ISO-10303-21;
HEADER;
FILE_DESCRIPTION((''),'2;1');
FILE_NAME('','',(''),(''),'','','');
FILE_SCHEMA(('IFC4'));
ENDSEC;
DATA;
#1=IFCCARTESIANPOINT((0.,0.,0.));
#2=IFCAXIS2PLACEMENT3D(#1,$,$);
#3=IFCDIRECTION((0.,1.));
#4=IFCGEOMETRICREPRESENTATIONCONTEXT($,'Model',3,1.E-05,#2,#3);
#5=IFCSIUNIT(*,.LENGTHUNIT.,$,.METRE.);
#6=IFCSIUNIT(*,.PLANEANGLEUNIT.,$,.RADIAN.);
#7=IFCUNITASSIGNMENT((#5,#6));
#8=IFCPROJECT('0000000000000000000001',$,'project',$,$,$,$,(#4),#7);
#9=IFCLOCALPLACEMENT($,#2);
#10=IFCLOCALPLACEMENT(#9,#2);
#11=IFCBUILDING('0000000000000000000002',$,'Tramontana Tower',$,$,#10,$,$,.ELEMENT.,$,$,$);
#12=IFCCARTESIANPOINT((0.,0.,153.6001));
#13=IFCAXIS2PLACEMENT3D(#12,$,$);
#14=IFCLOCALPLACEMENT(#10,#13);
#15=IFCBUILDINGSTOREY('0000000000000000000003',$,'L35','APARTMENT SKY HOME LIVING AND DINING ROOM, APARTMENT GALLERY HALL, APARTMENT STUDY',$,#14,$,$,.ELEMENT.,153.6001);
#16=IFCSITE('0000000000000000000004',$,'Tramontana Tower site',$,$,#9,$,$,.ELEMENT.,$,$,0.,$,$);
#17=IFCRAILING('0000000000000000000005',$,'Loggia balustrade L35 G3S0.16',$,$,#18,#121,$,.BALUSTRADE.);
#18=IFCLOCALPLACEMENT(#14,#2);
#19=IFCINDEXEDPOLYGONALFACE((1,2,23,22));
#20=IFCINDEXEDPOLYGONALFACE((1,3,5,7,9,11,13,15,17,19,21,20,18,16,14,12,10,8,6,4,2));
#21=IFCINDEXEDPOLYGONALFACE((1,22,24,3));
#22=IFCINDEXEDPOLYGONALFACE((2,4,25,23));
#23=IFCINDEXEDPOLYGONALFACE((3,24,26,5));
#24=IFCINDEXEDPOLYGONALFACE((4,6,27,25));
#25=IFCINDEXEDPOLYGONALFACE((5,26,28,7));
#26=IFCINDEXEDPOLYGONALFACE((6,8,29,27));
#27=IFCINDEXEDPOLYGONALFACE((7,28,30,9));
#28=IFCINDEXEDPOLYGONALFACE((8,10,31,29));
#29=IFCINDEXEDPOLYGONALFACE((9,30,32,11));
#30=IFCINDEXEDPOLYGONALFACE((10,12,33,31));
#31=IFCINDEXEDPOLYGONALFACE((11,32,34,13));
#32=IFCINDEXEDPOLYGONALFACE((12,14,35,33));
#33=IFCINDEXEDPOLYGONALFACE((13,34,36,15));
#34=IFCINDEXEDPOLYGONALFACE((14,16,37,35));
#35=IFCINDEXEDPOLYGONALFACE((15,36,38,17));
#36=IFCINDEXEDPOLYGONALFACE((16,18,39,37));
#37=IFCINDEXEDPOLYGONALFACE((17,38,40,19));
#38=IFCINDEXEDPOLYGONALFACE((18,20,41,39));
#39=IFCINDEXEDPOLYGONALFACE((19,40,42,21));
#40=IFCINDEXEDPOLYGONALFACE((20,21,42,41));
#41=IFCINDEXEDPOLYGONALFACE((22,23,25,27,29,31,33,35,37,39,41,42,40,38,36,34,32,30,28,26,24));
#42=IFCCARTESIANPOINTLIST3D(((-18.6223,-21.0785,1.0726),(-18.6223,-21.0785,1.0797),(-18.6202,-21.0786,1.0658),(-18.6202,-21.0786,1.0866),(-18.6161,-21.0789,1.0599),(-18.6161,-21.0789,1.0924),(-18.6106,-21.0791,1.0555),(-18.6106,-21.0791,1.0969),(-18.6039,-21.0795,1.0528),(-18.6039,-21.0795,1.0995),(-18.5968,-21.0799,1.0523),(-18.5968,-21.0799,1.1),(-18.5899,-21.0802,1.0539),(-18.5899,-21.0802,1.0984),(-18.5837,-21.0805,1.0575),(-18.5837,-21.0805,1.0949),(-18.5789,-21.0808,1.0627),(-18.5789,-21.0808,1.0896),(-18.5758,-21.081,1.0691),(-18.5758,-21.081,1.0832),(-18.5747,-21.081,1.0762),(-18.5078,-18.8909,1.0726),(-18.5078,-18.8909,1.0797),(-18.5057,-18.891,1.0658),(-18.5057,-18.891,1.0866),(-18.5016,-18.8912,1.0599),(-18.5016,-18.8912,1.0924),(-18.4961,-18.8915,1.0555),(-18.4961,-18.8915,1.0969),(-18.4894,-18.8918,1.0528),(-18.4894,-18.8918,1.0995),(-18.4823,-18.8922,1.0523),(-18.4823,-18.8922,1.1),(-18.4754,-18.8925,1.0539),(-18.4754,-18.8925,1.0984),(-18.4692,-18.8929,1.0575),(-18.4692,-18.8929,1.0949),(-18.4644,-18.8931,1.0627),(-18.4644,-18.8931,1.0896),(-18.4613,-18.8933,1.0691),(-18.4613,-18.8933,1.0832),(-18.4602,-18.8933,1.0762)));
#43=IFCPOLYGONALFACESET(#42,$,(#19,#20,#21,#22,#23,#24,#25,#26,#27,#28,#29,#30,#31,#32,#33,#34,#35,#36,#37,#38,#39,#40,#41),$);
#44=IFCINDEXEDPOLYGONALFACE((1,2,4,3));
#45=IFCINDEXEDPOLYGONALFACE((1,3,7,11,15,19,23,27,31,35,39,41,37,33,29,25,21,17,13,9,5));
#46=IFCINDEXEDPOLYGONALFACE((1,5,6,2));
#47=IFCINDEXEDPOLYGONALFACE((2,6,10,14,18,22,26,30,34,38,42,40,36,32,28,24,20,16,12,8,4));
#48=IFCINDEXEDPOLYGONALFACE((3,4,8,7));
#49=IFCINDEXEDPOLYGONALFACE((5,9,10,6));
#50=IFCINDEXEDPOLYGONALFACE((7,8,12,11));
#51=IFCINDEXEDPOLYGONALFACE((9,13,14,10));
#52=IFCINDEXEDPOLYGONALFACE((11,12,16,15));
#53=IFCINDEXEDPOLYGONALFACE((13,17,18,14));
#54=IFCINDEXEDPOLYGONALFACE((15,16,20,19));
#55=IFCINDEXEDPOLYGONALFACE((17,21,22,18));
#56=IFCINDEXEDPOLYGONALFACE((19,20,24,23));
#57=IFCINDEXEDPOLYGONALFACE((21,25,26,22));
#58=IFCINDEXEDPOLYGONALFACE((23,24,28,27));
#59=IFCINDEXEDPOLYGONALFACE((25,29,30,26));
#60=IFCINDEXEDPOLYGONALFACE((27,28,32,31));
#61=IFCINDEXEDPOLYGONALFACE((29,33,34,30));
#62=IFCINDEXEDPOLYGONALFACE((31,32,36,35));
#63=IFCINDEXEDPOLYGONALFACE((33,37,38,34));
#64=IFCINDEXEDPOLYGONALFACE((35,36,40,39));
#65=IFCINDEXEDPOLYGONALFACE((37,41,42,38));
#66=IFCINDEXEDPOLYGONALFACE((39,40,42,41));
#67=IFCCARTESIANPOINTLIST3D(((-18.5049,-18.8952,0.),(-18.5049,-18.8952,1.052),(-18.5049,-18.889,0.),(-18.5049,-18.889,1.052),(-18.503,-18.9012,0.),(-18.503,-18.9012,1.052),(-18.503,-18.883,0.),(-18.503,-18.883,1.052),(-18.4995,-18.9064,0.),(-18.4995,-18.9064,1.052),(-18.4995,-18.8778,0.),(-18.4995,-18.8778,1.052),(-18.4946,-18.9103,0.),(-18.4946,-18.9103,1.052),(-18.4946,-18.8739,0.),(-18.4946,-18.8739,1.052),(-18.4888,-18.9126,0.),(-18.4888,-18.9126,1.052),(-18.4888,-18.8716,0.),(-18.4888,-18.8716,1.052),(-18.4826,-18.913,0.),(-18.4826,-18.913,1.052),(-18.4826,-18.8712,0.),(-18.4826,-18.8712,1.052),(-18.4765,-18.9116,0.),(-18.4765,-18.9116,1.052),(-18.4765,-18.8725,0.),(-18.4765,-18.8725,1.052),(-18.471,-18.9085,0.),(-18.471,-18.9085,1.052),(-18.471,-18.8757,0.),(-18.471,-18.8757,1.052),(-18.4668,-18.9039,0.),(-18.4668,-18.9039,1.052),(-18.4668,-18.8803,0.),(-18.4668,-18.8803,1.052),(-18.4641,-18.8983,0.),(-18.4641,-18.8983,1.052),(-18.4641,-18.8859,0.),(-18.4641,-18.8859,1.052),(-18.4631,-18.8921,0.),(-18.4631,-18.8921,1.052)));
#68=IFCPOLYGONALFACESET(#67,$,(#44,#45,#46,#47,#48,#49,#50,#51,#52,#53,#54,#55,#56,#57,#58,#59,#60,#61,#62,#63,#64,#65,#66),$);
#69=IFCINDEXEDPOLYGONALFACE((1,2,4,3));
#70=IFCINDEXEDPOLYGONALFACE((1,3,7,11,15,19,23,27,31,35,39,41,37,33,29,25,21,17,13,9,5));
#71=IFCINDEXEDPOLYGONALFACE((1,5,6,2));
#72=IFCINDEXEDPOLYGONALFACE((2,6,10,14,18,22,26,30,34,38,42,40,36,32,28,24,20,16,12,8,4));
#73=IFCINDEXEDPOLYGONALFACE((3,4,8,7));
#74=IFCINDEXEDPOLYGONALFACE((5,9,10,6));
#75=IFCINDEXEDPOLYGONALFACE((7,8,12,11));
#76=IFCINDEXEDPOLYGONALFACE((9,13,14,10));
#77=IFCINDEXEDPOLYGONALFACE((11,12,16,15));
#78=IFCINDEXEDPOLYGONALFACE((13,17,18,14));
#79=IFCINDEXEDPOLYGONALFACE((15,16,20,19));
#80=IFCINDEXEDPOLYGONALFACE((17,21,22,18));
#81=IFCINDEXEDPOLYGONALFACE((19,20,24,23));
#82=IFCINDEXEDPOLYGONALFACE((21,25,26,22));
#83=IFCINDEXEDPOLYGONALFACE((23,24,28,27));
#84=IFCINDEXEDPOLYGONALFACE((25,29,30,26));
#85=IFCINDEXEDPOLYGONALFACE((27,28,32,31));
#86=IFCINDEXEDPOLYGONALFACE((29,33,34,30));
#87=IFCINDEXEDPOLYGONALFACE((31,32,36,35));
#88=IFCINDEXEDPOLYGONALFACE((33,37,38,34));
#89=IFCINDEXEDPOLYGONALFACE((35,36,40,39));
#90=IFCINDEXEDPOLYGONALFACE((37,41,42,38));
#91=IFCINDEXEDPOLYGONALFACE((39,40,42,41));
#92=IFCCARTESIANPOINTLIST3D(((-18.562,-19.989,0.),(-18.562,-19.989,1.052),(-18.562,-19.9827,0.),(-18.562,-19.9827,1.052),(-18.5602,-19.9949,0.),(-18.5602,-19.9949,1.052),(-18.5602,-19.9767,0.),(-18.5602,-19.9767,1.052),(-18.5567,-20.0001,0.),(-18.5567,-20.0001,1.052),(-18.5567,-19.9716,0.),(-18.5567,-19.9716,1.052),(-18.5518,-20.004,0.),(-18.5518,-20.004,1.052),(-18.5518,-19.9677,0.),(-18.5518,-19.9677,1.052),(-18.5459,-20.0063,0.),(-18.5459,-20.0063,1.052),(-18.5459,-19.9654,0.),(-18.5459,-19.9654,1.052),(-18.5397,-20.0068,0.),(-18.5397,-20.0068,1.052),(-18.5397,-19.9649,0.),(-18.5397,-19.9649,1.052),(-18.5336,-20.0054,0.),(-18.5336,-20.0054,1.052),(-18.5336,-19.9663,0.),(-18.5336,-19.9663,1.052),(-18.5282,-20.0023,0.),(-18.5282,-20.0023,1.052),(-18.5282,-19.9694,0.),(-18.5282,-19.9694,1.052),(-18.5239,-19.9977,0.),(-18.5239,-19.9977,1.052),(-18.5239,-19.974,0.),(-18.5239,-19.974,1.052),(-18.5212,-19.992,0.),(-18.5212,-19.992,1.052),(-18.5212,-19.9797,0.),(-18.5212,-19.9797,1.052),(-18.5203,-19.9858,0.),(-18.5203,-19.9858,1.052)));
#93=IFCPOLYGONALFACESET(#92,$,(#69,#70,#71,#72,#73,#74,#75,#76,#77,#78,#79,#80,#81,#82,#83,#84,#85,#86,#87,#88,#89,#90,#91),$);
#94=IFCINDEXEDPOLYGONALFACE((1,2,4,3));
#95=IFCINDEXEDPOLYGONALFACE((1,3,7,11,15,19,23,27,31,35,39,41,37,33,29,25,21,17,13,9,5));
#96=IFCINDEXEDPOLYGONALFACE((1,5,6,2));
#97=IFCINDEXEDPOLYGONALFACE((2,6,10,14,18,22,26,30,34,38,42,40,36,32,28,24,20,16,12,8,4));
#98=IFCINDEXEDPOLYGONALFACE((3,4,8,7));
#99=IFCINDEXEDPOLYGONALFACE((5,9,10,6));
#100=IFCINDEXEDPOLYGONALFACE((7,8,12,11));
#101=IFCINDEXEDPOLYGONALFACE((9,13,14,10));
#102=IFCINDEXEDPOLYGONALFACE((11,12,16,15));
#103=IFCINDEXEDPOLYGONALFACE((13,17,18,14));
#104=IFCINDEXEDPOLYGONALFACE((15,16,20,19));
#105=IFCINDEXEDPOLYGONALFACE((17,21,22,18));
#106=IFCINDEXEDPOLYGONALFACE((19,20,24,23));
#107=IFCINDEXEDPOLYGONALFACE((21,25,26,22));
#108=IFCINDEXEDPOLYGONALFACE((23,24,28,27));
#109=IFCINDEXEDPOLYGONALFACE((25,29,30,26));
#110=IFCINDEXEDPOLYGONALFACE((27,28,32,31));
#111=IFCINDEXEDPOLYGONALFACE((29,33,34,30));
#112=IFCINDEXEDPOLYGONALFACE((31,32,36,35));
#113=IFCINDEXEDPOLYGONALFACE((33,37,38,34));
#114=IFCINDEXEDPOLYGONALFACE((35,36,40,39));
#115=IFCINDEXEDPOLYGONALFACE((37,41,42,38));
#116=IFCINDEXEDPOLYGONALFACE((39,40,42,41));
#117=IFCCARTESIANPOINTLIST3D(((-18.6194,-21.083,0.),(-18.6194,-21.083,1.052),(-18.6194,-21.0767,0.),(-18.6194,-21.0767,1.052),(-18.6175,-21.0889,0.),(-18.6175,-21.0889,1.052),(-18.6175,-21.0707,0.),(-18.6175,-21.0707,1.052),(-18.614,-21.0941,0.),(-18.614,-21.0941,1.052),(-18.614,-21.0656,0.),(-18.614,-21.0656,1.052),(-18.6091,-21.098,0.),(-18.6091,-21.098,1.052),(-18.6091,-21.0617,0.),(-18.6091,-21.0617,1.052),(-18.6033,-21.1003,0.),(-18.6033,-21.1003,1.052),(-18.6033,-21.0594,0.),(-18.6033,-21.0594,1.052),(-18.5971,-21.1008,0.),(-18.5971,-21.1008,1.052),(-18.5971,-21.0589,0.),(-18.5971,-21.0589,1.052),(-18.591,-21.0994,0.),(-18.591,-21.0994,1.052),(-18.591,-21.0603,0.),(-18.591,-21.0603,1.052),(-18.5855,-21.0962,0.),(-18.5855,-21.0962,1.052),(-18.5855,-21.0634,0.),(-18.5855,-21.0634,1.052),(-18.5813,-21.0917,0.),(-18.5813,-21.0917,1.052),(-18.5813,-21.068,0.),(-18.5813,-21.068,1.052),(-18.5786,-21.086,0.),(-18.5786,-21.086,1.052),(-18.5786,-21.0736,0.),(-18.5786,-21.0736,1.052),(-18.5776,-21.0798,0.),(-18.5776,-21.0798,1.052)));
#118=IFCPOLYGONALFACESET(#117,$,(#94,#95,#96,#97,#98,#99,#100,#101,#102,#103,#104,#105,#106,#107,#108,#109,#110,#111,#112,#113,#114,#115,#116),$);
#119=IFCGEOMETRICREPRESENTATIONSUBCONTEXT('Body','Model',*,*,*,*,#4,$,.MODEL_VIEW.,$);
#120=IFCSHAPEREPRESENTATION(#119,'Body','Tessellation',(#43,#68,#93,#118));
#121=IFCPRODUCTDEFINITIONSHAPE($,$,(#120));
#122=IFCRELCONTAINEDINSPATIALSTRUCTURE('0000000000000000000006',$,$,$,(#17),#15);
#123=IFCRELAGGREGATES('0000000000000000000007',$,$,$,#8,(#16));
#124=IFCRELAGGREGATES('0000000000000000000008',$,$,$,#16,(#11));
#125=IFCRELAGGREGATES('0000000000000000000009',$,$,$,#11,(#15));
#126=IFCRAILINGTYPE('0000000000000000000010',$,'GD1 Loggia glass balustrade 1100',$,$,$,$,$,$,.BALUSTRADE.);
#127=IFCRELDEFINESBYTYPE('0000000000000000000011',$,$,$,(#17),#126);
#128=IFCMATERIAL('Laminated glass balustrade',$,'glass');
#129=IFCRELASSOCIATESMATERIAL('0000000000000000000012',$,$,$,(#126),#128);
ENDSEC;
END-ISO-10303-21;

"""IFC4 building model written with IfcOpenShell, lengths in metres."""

from ifc_helpers import new_model, si_unit, direction, frame, origin, origin_2d, place, context, subcontext, project, spatial, circle, extrude, material, type_object, element, save


model = new_model("IFC4")

# Units and contexts
model_context = context("Model", 3, precision=1e-05, world=origin(), true_north=direction((0.0, 1.0)))
body_context = subcontext(model_context, "Body", "Model", "MODEL_VIEW")
ifc_project = project(units=[si_unit("LENGTHUNIT", "METRE"), si_unit("PLANEANGLEUNIT", "RADIAN")], contexts=[model_context])

# Site, building, storey
site_placement = place(None, origin())
site = spatial("IfcSite", under=ifc_project, at=site_placement, Name="Tramontana Tower site", CompositionType="ELEMENT", RefElevation=0.0)
building_placement = place(site_placement, origin())
building = spatial("IfcBuilding", under=site, at=building_placement, Name="Tramontana Tower", CompositionType="ELEMENT")
storey_placement = place(building_placement, frame((0.0, 0.0, 153.6001)))
storey = spatial("IfcBuildingStorey", under=building, at=storey_placement, Name="L35", Description="APARTMENT SKY HOME LIVING AND DINING ROOM, APARTMENT GALLERY HALL, APARTMENT STUDY", CompositionType="ELEMENT", Elevation=153.6001)

# Railing
ifc_material_1 = material(Name="Laminated glass balustrade", Category="glass")
railing_type = type_object("IfcRailingType", Name="GD1 Loggia glass balustrade 1100", PredefinedType="BALUSTRADE", material=ifc_material_1)
railing_1_placement = place(storey_placement, frame((-18.4841, -18.8921, 0.0)))
element("IfcRailing", 1, at=railing_1_placement, inside=storey, type_object=railing_type, Name="Loggia balustrade L35 G3S0.16", PredefinedType="BALUSTRADE", context=body_context, shape_type="SweptSolid", body=[
    extrude(circle(Radius=0.0239, at=origin_2d()), frame((0.0, 0.0, 1.0762), z_axis=(-0.052266, -0.998633, 0.0), x_axis=(0.998633, -0.052266, 0.0)), (0.0, 0.0, 1.0), 2.1907),
    extrude(circle(Radius=0.021, at=origin_2d()), origin(), (0.0, 0.0, 1.0), 1.052),
    extrude(circle(Radius=0.021, at=origin_2d()), frame((-0.0571, -1.0938, 0.0)), (0.0, 0.0, 1.0), 1.052),
    extrude(circle(Radius=0.021, at=origin_2d()), frame((-0.1145, -2.1877, 0.0)), (0.0, 0.0, 1.0), 1.052),
])

save(model, "model.ifc")
